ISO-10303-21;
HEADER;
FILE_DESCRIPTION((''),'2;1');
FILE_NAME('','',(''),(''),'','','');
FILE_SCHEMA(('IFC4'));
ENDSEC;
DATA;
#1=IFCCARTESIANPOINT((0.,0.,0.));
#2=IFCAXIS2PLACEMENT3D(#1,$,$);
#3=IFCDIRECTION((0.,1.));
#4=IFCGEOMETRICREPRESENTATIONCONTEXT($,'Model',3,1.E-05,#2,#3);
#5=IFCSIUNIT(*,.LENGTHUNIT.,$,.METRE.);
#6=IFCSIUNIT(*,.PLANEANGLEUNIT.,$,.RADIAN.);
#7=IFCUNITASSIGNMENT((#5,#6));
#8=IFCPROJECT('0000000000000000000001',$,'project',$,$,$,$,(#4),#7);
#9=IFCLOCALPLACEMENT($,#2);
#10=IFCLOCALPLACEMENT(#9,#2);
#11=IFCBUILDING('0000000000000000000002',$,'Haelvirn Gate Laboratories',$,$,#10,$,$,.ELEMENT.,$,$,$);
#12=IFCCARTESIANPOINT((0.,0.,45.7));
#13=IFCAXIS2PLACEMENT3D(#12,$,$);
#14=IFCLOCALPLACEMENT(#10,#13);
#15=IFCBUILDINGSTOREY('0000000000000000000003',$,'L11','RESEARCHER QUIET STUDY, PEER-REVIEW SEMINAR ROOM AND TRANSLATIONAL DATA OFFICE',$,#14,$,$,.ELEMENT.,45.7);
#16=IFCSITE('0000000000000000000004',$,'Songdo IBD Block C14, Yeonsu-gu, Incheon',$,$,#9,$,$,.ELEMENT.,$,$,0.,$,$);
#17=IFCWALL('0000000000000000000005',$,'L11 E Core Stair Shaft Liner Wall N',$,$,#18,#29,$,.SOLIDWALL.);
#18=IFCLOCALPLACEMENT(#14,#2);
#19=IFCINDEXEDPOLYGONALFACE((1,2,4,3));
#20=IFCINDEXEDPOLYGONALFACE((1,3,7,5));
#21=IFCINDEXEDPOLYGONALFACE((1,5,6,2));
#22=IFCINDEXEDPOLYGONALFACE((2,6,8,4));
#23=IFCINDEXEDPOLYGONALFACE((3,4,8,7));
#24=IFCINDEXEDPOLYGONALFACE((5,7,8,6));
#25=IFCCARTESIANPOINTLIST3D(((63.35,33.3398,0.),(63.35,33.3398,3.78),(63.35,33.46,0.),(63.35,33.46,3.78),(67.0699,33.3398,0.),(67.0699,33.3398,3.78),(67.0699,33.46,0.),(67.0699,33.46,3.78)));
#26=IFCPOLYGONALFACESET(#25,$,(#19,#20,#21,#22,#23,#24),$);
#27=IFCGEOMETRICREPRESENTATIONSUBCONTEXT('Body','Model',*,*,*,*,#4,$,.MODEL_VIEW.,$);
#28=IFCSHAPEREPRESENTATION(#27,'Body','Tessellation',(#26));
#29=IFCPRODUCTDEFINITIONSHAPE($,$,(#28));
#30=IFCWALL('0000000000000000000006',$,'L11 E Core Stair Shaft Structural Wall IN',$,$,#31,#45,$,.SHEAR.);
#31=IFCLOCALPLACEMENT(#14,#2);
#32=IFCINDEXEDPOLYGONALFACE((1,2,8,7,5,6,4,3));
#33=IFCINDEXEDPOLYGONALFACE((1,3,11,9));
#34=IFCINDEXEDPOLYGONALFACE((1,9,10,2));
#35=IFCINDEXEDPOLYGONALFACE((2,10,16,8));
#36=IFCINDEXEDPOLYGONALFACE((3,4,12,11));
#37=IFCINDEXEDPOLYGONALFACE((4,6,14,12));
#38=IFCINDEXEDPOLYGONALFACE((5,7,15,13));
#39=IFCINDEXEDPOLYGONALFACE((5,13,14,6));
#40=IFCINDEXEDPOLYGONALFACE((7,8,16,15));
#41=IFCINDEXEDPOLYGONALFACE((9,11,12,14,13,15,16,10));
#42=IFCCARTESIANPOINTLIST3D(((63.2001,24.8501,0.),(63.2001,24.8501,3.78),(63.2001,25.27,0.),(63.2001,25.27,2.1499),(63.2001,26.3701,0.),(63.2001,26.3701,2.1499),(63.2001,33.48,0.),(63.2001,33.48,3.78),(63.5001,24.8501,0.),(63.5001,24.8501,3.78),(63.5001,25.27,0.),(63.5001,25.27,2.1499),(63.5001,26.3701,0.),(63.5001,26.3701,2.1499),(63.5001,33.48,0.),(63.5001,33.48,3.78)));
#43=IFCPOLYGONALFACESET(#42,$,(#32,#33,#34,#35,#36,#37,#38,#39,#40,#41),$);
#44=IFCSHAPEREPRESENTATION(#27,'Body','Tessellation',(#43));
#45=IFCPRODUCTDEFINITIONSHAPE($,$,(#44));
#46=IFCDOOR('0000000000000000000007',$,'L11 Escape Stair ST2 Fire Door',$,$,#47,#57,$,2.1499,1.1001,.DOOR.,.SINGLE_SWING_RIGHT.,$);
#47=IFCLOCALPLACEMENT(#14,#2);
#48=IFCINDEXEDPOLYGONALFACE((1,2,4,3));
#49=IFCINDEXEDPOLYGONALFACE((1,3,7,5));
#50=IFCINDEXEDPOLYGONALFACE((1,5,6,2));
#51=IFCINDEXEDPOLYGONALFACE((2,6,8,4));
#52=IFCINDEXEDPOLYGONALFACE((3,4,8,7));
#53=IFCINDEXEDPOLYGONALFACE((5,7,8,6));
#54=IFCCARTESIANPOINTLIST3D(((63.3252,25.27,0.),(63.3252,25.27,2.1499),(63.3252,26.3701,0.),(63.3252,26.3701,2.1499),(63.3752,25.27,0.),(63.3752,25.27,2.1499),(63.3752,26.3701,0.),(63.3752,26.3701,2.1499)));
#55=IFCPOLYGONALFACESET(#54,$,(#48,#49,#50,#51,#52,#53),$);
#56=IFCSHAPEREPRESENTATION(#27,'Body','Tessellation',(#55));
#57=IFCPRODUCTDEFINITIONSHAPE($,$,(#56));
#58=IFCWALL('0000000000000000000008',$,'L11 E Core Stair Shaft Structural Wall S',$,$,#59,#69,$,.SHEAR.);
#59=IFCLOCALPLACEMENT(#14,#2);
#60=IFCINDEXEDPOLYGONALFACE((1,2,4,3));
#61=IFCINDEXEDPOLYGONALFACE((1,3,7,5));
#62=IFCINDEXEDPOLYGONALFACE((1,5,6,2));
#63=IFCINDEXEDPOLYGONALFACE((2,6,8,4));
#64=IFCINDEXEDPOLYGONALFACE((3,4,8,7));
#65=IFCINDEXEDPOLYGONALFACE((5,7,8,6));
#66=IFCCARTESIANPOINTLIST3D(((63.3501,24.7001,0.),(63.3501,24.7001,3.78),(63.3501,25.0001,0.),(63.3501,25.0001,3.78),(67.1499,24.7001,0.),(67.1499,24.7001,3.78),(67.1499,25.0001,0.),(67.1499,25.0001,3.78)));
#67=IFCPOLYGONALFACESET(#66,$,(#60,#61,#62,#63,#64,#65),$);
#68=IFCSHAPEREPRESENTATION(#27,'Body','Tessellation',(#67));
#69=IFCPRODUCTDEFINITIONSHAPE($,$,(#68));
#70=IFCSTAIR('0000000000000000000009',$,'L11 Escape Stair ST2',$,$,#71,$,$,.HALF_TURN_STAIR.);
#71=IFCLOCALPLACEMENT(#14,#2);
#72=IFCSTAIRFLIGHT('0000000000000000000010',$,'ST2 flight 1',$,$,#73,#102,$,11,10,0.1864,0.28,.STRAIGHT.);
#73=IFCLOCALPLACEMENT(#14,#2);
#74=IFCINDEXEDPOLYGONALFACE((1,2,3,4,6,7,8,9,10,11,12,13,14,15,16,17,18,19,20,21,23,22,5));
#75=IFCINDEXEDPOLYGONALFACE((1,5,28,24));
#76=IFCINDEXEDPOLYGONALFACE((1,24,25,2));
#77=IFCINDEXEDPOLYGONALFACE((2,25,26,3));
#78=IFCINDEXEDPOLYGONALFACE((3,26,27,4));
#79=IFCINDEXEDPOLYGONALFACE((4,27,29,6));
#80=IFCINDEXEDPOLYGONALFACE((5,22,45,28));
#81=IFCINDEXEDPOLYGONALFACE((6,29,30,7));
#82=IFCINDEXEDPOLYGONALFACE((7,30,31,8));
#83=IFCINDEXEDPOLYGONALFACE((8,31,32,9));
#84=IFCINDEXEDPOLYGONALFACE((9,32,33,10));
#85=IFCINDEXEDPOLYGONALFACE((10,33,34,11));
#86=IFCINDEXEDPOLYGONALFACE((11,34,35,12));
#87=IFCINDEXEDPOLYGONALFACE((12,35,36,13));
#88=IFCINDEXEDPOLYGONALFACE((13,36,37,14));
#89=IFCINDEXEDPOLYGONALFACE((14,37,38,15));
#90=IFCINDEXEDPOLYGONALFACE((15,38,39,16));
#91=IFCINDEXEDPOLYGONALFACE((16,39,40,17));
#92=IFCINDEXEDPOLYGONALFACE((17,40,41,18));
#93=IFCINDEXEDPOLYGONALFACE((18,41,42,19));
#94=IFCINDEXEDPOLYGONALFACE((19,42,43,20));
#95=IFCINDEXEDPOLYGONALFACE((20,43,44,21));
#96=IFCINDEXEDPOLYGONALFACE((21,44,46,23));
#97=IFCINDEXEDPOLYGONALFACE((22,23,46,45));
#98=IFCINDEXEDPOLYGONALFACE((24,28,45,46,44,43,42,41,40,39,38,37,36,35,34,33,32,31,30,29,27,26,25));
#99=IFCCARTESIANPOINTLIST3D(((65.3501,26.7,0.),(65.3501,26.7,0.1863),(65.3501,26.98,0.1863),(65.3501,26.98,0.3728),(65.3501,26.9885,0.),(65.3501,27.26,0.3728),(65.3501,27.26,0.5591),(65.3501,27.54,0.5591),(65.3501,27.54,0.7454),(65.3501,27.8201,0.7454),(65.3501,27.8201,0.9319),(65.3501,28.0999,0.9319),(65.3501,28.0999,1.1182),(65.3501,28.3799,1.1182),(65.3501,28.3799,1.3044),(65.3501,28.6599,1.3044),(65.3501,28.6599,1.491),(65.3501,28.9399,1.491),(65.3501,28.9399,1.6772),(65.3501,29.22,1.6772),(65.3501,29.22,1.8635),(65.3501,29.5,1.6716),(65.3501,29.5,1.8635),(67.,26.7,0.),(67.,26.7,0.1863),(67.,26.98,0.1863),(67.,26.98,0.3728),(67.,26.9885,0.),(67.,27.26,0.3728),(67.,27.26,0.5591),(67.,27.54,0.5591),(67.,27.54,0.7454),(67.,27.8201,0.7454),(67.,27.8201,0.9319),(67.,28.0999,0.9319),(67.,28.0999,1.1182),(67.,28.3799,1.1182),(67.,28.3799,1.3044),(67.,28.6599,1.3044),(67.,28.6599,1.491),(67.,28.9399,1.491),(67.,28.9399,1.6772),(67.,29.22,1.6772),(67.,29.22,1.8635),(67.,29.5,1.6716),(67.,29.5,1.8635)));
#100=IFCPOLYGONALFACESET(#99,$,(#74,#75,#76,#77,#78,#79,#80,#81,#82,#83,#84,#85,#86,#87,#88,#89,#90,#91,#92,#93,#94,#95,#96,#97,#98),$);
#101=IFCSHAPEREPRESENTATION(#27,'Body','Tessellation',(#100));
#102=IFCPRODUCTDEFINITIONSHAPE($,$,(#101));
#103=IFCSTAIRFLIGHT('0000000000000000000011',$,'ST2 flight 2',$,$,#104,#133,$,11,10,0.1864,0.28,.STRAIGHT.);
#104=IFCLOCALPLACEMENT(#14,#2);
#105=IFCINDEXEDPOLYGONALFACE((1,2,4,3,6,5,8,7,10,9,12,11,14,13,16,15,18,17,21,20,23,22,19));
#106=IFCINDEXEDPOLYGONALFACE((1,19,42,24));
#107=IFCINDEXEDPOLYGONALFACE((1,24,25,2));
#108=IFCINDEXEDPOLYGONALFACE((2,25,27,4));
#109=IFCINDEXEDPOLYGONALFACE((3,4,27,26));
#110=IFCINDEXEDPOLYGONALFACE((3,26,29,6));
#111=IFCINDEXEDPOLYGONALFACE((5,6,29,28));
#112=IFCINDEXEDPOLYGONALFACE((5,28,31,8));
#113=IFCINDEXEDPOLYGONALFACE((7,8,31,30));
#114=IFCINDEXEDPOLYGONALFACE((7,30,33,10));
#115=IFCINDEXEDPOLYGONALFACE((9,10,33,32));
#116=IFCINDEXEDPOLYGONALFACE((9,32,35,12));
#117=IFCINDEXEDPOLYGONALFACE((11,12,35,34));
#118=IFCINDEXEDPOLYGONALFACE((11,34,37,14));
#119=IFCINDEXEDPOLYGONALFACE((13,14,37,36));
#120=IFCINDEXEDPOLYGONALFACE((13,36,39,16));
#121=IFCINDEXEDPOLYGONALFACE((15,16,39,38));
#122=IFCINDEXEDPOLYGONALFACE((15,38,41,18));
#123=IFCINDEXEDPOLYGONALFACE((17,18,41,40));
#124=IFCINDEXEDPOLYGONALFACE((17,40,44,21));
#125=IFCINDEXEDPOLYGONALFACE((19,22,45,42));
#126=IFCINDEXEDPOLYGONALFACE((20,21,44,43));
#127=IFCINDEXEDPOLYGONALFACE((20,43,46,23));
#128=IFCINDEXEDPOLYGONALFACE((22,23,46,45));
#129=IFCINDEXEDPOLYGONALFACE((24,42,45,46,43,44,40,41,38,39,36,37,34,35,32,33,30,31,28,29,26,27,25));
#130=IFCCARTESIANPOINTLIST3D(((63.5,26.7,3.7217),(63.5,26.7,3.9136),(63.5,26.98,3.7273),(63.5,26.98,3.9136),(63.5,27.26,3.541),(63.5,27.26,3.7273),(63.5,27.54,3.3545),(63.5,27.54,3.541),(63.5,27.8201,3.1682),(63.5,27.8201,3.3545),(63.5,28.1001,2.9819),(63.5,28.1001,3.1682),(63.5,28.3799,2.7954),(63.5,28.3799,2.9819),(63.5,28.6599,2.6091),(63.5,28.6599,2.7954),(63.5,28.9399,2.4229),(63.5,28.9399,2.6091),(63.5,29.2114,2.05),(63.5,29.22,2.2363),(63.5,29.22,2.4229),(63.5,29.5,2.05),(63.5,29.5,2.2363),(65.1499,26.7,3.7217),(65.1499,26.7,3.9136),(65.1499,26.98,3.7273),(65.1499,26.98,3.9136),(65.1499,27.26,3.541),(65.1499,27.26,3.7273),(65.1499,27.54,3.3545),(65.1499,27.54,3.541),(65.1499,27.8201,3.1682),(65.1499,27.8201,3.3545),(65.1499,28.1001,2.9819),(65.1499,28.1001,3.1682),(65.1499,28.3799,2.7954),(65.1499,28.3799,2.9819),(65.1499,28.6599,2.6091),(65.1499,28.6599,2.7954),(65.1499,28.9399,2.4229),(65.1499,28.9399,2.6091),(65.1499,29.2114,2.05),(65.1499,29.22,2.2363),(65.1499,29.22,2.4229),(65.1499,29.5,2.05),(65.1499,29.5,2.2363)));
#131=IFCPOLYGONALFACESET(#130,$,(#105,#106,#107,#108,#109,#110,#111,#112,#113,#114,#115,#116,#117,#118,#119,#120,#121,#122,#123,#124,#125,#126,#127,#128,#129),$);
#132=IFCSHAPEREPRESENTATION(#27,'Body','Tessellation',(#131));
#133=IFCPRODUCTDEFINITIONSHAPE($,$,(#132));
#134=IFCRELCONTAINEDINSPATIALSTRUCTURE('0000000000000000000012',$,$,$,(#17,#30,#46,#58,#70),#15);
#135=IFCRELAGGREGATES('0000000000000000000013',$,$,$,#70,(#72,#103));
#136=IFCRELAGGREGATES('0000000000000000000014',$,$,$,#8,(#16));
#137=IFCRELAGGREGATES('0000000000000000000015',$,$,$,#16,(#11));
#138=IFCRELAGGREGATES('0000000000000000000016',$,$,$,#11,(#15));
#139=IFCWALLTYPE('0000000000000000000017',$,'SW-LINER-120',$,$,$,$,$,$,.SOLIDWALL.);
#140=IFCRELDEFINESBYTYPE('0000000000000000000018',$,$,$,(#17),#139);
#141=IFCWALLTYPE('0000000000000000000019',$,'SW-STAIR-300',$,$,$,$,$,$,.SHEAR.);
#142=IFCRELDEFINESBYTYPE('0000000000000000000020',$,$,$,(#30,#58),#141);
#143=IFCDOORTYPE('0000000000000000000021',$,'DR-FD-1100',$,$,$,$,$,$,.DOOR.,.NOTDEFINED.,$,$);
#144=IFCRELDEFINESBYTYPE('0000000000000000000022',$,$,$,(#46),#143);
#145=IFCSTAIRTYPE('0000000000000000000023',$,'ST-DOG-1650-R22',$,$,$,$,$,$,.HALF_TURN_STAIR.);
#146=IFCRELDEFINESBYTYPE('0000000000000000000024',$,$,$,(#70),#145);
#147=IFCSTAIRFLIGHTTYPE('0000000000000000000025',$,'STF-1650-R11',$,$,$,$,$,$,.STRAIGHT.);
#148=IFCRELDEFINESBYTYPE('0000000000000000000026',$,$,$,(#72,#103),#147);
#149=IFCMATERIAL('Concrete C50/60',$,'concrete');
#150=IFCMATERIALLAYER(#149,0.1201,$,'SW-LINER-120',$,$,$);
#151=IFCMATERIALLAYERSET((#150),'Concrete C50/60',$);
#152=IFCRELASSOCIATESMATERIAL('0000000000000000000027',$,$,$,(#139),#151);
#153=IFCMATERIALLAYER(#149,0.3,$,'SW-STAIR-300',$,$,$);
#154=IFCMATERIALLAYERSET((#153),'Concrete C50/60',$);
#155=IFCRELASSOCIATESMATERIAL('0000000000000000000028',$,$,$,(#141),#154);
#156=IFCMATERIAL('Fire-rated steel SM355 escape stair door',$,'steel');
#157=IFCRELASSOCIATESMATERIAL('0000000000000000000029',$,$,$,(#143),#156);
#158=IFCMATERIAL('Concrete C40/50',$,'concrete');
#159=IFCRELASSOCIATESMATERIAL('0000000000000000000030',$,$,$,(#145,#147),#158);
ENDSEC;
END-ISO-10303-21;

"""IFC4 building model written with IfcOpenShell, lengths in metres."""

from ifc_helpers import new_model, si_unit, direction, frame, frame_2d, origin, place, context, subcontext, project, spatial, polyline, rectangle, outline, extrude, source, transform, mapped, material, layer, layer_set, type_object, type_shapes, element, fill, aggregate, save


model = new_model("IFC4")

# Units and contexts
model_context = context("Model", 3, precision=1e-05, world=origin(), true_north=direction((0.0, 1.0)))
body_context = subcontext(model_context, "Body", "Model", "MODEL_VIEW")
ifc_project = project(units=[si_unit("LENGTHUNIT", "METRE"), si_unit("PLANEANGLEUNIT", "RADIAN")], contexts=[model_context])

# Site, building, storey
site_placement = place(None, origin())
site = spatial("IfcSite", under=ifc_project, at=site_placement, Name="Songdo IBD Block C14, Yeonsu-gu, Incheon", CompositionType="ELEMENT", RefElevation=0.0)
building_placement = place(site_placement, origin())
building = spatial("IfcBuilding", under=site, at=building_placement, Name="Haelvirn Gate Laboratories", CompositionType="ELEMENT")
storey_placement = place(building_placement, frame((0.0, 0.0, 45.7)))
storey = spatial("IfcBuildingStorey", under=building, at=storey_placement, Name="L11", Description="RESEARCHER QUIET STUDY, PEER-REVIEW SEMINAR ROOM AND TRANSLATIONAL DATA OFFICE", CompositionType="ELEMENT", Elevation=45.7)

# Wall
ifc_material_1 = material(Name="Concrete C40/50", Category="concrete")
ifc_material_2 = material(Name="Concrete C50/60", Category="concrete")
ifc_layer_1 = layer(ifc_material_2, 0.1201, Name="SW-LINER-120")
ifc_layer_set_1 = layer_set([ifc_layer_1], Name="Concrete C50/60")
wall_type_1 = type_object("IfcWallType", Name="SW-LINER-120", PredefinedType="SOLIDWALL", material=ifc_layer_set_1)
wall_1_placement = place(storey_placement, frame((63.3501, 33.3999, 0.0), z_axis=(0.0, 0.0, 1.0), x_axis=(1.0, 0.0, 0.0)))
element("IfcWall", 1, at=wall_1_placement, inside=storey, type_object=wall_type_1, Name="L11 E Core Stair Shaft Liner Wall N", PredefinedType="SOLIDWALL", context=body_context, shape_type="SweptSolid", body=[
    extrude(rectangle(XDim=3.72, YDim=0.1201, at=frame_2d((1.8599, 0.0))), origin(), (0.0, 0.0, 1.0), 3.78),
])

# Wall, opening, door
ifc_layer_2 = layer(ifc_material_2, 0.3, Name="SW-STAIR-300")
ifc_layer_set_2 = layer_set([ifc_layer_2], Name="Concrete C50/60")
wall_type_2 = type_object("IfcWallType", Name="SW-STAIR-300", PredefinedType="SHEAR", material=ifc_layer_set_2)
wall_2_placement = place(storey_placement, frame((63.3501, 24.8501, 0.0), z_axis=(0.0, 0.0, 1.0), x_axis=(0.0, 1.0, 0.0)))
wall_2 = element("IfcWall", 2, at=wall_2_placement, inside=storey, type_object=wall_type_2, Name="L11 E Core Stair Shaft Structural Wall IN", PredefinedType="SHEAR", context=body_context, shape_type="SweptSolid", body=[
    extrude(rectangle(XDim=8.6299, YDim=0.3, at=frame_2d((4.3149, 0.0))), origin(), (0.0, 0.0, 1.0), 3.78),
])
opening_1_placement = place(wall_2_placement, frame((0.4199, 0.0, 0.0)))
opening_1 = element("IfcOpeningElement", 3, at=opening_1_placement, cuts=wall_2, PredefinedType="OPENING", context=body_context, shape_type="SweptSolid", body=[
    extrude(rectangle(XDim=1.1001, YDim=2.1499, at=frame_2d((0.55, 1.075))), frame((0.0, 0.1602, 0.0), z_axis=(0.0, -1.0, 0.0), x_axis=(1.0, 0.0, 0.0)), (0.0, 0.0, 1.0), 0.3201),
])
ifc_material_3 = material(Name="Fire-rated steel SM355 escape stair door", Category="steel")
door_type_1 = type_object("IfcDoorType", Name="DR-FD-1100", OperationType="NOTDEFINED", PredefinedType="DOOR", material=ifc_material_3)
shared_shape_1 = source(origin(), body_context, "Body", "SweptSolid", [
    extrude(rectangle(XDim=1.1001, YDim=2.1499, at=frame_2d((0.55, 1.075))), frame((0.0, 0.0249, 0.0), z_axis=(0.0, -1.0, 0.0), x_axis=(1.0, 0.0, 0.0)), (0.0, 0.0, 1.0), 0.05),
])
type_shapes(door_type_1, [shared_shape_1])
door_1_placement = place(opening_1_placement, origin())
door_1 = element("IfcDoor", 4, at=door_1_placement, inside=storey, type_object=door_type_1, Name="L11 Escape Stair ST2 Fire Door", OperationType="SINGLE_SWING_RIGHT", OverallHeight=2.1499, OverallWidth=1.1001, PredefinedType="DOOR", context=body_context, shape_type="MappedRepresentation", body=[
    mapped(shared_shape_1, transform((0.0, 0.0, 0.0), scale=1.0)),
])
fill(opening_1, door_1)

# Wall
wall_3_placement = place(storey_placement, frame((63.3501, 24.8501, 0.0), z_axis=(0.0, 0.0, 1.0), x_axis=(1.0, 0.0, 0.0)))
element("IfcWall", 5, at=wall_3_placement, inside=storey, type_object=wall_type_2, Name="L11 E Core Stair Shaft Structural Wall S", PredefinedType="SHEAR", context=body_context, shape_type="SweptSolid", body=[
    extrude(rectangle(XDim=3.7998, YDim=0.3, at=frame_2d((1.8999, 0.0))), origin(), (0.0, 0.0, 1.0), 3.78),
])

# Stair, stair flights
stair_type = type_object("IfcStairType", Name="ST-DOG-1650-R22", PredefinedType="HALF_TURN_STAIR", material=ifc_material_1)
stair_placement = place(storey_placement, origin())
stair = element("IfcStair", 6, at=stair_placement, inside=storey, type_object=stair_type, Name="L11 Escape Stair ST2", PredefinedType="HALF_TURN_STAIR")
stair_flight_type = type_object("IfcStairFlightType", Name="STF-1650-R11", PredefinedType="STRAIGHT", material=ifc_material_1)
shared_shape_2 = source(origin(), body_context, "Body", "SweptSolid", [
    extrude(outline(polyline([(0.0, 0.0), (0.0, 0.1863), (0.28, 0.1863), (0.28, 0.3728), (0.5601, 0.3728), (0.5601, 0.5591), (0.8401, 0.5591), (0.8401, 0.7454), (1.1201, 0.7454), (1.1201, 0.9319), (1.3999, 0.9319), (1.3999, 1.1182), (1.6799, 1.1182), (1.6799, 1.3044), (1.96, 1.3044), (1.96, 1.491), (2.24, 1.491), (2.24, 1.6772), (2.52, 1.6772), (2.52, 1.8635), (2.8, 1.8635), (2.8, 2.05), (2.8, 1.6716), (0.2886, 0.0), (0.0, 0.0)])), frame((0.0, 0.825, 0.0), z_axis=(0.0, -1.0, 0.0), x_axis=(1.0, 0.0, 0.0)), (0.0, 0.0, 1.0), 1.6499),
])
type_shapes(stair_flight_type, [shared_shape_2])
stair_flight_1_placement = place(storey_placement, frame((66.175, 26.7, 0.0), z_axis=(0.0, 0.0, 1.0), x_axis=(0.0, 1.0, 0.0)))
stair_flight_1 = element("IfcStairFlight", 7, at=stair_flight_1_placement, type_object=stair_flight_type, Name="ST2 flight 1", NumberOfRisers=11, NumberOfTreads=10, PredefinedType="STRAIGHT", RiserHeight=0.1864, TreadLength=0.28, context=body_context, shape_type="MappedRepresentation", body=[
    mapped(shared_shape_2, transform((0.0, 0.0, 0.0), scale=1.0)),
])
stair_flight_2_placement = place(storey_placement, frame((64.325, 29.5, 2.05), z_axis=(0.0, 0.0, 1.0), x_axis=(0.0, -1.0, 0.0)))
stair_flight_2 = element("IfcStairFlight", 8, at=stair_flight_2_placement, type_object=stair_flight_type, Name="ST2 flight 2", NumberOfRisers=11, NumberOfTreads=10, PredefinedType="STRAIGHT", RiserHeight=0.1864, TreadLength=0.28, context=body_context, shape_type="MappedRepresentation", body=[
    mapped(shared_shape_2, transform((0.0, 0.0, 0.0), scale=1.0)),
])
aggregate(stair, [stair_flight_1, stair_flight_2])

save(model, "model.ifc")
